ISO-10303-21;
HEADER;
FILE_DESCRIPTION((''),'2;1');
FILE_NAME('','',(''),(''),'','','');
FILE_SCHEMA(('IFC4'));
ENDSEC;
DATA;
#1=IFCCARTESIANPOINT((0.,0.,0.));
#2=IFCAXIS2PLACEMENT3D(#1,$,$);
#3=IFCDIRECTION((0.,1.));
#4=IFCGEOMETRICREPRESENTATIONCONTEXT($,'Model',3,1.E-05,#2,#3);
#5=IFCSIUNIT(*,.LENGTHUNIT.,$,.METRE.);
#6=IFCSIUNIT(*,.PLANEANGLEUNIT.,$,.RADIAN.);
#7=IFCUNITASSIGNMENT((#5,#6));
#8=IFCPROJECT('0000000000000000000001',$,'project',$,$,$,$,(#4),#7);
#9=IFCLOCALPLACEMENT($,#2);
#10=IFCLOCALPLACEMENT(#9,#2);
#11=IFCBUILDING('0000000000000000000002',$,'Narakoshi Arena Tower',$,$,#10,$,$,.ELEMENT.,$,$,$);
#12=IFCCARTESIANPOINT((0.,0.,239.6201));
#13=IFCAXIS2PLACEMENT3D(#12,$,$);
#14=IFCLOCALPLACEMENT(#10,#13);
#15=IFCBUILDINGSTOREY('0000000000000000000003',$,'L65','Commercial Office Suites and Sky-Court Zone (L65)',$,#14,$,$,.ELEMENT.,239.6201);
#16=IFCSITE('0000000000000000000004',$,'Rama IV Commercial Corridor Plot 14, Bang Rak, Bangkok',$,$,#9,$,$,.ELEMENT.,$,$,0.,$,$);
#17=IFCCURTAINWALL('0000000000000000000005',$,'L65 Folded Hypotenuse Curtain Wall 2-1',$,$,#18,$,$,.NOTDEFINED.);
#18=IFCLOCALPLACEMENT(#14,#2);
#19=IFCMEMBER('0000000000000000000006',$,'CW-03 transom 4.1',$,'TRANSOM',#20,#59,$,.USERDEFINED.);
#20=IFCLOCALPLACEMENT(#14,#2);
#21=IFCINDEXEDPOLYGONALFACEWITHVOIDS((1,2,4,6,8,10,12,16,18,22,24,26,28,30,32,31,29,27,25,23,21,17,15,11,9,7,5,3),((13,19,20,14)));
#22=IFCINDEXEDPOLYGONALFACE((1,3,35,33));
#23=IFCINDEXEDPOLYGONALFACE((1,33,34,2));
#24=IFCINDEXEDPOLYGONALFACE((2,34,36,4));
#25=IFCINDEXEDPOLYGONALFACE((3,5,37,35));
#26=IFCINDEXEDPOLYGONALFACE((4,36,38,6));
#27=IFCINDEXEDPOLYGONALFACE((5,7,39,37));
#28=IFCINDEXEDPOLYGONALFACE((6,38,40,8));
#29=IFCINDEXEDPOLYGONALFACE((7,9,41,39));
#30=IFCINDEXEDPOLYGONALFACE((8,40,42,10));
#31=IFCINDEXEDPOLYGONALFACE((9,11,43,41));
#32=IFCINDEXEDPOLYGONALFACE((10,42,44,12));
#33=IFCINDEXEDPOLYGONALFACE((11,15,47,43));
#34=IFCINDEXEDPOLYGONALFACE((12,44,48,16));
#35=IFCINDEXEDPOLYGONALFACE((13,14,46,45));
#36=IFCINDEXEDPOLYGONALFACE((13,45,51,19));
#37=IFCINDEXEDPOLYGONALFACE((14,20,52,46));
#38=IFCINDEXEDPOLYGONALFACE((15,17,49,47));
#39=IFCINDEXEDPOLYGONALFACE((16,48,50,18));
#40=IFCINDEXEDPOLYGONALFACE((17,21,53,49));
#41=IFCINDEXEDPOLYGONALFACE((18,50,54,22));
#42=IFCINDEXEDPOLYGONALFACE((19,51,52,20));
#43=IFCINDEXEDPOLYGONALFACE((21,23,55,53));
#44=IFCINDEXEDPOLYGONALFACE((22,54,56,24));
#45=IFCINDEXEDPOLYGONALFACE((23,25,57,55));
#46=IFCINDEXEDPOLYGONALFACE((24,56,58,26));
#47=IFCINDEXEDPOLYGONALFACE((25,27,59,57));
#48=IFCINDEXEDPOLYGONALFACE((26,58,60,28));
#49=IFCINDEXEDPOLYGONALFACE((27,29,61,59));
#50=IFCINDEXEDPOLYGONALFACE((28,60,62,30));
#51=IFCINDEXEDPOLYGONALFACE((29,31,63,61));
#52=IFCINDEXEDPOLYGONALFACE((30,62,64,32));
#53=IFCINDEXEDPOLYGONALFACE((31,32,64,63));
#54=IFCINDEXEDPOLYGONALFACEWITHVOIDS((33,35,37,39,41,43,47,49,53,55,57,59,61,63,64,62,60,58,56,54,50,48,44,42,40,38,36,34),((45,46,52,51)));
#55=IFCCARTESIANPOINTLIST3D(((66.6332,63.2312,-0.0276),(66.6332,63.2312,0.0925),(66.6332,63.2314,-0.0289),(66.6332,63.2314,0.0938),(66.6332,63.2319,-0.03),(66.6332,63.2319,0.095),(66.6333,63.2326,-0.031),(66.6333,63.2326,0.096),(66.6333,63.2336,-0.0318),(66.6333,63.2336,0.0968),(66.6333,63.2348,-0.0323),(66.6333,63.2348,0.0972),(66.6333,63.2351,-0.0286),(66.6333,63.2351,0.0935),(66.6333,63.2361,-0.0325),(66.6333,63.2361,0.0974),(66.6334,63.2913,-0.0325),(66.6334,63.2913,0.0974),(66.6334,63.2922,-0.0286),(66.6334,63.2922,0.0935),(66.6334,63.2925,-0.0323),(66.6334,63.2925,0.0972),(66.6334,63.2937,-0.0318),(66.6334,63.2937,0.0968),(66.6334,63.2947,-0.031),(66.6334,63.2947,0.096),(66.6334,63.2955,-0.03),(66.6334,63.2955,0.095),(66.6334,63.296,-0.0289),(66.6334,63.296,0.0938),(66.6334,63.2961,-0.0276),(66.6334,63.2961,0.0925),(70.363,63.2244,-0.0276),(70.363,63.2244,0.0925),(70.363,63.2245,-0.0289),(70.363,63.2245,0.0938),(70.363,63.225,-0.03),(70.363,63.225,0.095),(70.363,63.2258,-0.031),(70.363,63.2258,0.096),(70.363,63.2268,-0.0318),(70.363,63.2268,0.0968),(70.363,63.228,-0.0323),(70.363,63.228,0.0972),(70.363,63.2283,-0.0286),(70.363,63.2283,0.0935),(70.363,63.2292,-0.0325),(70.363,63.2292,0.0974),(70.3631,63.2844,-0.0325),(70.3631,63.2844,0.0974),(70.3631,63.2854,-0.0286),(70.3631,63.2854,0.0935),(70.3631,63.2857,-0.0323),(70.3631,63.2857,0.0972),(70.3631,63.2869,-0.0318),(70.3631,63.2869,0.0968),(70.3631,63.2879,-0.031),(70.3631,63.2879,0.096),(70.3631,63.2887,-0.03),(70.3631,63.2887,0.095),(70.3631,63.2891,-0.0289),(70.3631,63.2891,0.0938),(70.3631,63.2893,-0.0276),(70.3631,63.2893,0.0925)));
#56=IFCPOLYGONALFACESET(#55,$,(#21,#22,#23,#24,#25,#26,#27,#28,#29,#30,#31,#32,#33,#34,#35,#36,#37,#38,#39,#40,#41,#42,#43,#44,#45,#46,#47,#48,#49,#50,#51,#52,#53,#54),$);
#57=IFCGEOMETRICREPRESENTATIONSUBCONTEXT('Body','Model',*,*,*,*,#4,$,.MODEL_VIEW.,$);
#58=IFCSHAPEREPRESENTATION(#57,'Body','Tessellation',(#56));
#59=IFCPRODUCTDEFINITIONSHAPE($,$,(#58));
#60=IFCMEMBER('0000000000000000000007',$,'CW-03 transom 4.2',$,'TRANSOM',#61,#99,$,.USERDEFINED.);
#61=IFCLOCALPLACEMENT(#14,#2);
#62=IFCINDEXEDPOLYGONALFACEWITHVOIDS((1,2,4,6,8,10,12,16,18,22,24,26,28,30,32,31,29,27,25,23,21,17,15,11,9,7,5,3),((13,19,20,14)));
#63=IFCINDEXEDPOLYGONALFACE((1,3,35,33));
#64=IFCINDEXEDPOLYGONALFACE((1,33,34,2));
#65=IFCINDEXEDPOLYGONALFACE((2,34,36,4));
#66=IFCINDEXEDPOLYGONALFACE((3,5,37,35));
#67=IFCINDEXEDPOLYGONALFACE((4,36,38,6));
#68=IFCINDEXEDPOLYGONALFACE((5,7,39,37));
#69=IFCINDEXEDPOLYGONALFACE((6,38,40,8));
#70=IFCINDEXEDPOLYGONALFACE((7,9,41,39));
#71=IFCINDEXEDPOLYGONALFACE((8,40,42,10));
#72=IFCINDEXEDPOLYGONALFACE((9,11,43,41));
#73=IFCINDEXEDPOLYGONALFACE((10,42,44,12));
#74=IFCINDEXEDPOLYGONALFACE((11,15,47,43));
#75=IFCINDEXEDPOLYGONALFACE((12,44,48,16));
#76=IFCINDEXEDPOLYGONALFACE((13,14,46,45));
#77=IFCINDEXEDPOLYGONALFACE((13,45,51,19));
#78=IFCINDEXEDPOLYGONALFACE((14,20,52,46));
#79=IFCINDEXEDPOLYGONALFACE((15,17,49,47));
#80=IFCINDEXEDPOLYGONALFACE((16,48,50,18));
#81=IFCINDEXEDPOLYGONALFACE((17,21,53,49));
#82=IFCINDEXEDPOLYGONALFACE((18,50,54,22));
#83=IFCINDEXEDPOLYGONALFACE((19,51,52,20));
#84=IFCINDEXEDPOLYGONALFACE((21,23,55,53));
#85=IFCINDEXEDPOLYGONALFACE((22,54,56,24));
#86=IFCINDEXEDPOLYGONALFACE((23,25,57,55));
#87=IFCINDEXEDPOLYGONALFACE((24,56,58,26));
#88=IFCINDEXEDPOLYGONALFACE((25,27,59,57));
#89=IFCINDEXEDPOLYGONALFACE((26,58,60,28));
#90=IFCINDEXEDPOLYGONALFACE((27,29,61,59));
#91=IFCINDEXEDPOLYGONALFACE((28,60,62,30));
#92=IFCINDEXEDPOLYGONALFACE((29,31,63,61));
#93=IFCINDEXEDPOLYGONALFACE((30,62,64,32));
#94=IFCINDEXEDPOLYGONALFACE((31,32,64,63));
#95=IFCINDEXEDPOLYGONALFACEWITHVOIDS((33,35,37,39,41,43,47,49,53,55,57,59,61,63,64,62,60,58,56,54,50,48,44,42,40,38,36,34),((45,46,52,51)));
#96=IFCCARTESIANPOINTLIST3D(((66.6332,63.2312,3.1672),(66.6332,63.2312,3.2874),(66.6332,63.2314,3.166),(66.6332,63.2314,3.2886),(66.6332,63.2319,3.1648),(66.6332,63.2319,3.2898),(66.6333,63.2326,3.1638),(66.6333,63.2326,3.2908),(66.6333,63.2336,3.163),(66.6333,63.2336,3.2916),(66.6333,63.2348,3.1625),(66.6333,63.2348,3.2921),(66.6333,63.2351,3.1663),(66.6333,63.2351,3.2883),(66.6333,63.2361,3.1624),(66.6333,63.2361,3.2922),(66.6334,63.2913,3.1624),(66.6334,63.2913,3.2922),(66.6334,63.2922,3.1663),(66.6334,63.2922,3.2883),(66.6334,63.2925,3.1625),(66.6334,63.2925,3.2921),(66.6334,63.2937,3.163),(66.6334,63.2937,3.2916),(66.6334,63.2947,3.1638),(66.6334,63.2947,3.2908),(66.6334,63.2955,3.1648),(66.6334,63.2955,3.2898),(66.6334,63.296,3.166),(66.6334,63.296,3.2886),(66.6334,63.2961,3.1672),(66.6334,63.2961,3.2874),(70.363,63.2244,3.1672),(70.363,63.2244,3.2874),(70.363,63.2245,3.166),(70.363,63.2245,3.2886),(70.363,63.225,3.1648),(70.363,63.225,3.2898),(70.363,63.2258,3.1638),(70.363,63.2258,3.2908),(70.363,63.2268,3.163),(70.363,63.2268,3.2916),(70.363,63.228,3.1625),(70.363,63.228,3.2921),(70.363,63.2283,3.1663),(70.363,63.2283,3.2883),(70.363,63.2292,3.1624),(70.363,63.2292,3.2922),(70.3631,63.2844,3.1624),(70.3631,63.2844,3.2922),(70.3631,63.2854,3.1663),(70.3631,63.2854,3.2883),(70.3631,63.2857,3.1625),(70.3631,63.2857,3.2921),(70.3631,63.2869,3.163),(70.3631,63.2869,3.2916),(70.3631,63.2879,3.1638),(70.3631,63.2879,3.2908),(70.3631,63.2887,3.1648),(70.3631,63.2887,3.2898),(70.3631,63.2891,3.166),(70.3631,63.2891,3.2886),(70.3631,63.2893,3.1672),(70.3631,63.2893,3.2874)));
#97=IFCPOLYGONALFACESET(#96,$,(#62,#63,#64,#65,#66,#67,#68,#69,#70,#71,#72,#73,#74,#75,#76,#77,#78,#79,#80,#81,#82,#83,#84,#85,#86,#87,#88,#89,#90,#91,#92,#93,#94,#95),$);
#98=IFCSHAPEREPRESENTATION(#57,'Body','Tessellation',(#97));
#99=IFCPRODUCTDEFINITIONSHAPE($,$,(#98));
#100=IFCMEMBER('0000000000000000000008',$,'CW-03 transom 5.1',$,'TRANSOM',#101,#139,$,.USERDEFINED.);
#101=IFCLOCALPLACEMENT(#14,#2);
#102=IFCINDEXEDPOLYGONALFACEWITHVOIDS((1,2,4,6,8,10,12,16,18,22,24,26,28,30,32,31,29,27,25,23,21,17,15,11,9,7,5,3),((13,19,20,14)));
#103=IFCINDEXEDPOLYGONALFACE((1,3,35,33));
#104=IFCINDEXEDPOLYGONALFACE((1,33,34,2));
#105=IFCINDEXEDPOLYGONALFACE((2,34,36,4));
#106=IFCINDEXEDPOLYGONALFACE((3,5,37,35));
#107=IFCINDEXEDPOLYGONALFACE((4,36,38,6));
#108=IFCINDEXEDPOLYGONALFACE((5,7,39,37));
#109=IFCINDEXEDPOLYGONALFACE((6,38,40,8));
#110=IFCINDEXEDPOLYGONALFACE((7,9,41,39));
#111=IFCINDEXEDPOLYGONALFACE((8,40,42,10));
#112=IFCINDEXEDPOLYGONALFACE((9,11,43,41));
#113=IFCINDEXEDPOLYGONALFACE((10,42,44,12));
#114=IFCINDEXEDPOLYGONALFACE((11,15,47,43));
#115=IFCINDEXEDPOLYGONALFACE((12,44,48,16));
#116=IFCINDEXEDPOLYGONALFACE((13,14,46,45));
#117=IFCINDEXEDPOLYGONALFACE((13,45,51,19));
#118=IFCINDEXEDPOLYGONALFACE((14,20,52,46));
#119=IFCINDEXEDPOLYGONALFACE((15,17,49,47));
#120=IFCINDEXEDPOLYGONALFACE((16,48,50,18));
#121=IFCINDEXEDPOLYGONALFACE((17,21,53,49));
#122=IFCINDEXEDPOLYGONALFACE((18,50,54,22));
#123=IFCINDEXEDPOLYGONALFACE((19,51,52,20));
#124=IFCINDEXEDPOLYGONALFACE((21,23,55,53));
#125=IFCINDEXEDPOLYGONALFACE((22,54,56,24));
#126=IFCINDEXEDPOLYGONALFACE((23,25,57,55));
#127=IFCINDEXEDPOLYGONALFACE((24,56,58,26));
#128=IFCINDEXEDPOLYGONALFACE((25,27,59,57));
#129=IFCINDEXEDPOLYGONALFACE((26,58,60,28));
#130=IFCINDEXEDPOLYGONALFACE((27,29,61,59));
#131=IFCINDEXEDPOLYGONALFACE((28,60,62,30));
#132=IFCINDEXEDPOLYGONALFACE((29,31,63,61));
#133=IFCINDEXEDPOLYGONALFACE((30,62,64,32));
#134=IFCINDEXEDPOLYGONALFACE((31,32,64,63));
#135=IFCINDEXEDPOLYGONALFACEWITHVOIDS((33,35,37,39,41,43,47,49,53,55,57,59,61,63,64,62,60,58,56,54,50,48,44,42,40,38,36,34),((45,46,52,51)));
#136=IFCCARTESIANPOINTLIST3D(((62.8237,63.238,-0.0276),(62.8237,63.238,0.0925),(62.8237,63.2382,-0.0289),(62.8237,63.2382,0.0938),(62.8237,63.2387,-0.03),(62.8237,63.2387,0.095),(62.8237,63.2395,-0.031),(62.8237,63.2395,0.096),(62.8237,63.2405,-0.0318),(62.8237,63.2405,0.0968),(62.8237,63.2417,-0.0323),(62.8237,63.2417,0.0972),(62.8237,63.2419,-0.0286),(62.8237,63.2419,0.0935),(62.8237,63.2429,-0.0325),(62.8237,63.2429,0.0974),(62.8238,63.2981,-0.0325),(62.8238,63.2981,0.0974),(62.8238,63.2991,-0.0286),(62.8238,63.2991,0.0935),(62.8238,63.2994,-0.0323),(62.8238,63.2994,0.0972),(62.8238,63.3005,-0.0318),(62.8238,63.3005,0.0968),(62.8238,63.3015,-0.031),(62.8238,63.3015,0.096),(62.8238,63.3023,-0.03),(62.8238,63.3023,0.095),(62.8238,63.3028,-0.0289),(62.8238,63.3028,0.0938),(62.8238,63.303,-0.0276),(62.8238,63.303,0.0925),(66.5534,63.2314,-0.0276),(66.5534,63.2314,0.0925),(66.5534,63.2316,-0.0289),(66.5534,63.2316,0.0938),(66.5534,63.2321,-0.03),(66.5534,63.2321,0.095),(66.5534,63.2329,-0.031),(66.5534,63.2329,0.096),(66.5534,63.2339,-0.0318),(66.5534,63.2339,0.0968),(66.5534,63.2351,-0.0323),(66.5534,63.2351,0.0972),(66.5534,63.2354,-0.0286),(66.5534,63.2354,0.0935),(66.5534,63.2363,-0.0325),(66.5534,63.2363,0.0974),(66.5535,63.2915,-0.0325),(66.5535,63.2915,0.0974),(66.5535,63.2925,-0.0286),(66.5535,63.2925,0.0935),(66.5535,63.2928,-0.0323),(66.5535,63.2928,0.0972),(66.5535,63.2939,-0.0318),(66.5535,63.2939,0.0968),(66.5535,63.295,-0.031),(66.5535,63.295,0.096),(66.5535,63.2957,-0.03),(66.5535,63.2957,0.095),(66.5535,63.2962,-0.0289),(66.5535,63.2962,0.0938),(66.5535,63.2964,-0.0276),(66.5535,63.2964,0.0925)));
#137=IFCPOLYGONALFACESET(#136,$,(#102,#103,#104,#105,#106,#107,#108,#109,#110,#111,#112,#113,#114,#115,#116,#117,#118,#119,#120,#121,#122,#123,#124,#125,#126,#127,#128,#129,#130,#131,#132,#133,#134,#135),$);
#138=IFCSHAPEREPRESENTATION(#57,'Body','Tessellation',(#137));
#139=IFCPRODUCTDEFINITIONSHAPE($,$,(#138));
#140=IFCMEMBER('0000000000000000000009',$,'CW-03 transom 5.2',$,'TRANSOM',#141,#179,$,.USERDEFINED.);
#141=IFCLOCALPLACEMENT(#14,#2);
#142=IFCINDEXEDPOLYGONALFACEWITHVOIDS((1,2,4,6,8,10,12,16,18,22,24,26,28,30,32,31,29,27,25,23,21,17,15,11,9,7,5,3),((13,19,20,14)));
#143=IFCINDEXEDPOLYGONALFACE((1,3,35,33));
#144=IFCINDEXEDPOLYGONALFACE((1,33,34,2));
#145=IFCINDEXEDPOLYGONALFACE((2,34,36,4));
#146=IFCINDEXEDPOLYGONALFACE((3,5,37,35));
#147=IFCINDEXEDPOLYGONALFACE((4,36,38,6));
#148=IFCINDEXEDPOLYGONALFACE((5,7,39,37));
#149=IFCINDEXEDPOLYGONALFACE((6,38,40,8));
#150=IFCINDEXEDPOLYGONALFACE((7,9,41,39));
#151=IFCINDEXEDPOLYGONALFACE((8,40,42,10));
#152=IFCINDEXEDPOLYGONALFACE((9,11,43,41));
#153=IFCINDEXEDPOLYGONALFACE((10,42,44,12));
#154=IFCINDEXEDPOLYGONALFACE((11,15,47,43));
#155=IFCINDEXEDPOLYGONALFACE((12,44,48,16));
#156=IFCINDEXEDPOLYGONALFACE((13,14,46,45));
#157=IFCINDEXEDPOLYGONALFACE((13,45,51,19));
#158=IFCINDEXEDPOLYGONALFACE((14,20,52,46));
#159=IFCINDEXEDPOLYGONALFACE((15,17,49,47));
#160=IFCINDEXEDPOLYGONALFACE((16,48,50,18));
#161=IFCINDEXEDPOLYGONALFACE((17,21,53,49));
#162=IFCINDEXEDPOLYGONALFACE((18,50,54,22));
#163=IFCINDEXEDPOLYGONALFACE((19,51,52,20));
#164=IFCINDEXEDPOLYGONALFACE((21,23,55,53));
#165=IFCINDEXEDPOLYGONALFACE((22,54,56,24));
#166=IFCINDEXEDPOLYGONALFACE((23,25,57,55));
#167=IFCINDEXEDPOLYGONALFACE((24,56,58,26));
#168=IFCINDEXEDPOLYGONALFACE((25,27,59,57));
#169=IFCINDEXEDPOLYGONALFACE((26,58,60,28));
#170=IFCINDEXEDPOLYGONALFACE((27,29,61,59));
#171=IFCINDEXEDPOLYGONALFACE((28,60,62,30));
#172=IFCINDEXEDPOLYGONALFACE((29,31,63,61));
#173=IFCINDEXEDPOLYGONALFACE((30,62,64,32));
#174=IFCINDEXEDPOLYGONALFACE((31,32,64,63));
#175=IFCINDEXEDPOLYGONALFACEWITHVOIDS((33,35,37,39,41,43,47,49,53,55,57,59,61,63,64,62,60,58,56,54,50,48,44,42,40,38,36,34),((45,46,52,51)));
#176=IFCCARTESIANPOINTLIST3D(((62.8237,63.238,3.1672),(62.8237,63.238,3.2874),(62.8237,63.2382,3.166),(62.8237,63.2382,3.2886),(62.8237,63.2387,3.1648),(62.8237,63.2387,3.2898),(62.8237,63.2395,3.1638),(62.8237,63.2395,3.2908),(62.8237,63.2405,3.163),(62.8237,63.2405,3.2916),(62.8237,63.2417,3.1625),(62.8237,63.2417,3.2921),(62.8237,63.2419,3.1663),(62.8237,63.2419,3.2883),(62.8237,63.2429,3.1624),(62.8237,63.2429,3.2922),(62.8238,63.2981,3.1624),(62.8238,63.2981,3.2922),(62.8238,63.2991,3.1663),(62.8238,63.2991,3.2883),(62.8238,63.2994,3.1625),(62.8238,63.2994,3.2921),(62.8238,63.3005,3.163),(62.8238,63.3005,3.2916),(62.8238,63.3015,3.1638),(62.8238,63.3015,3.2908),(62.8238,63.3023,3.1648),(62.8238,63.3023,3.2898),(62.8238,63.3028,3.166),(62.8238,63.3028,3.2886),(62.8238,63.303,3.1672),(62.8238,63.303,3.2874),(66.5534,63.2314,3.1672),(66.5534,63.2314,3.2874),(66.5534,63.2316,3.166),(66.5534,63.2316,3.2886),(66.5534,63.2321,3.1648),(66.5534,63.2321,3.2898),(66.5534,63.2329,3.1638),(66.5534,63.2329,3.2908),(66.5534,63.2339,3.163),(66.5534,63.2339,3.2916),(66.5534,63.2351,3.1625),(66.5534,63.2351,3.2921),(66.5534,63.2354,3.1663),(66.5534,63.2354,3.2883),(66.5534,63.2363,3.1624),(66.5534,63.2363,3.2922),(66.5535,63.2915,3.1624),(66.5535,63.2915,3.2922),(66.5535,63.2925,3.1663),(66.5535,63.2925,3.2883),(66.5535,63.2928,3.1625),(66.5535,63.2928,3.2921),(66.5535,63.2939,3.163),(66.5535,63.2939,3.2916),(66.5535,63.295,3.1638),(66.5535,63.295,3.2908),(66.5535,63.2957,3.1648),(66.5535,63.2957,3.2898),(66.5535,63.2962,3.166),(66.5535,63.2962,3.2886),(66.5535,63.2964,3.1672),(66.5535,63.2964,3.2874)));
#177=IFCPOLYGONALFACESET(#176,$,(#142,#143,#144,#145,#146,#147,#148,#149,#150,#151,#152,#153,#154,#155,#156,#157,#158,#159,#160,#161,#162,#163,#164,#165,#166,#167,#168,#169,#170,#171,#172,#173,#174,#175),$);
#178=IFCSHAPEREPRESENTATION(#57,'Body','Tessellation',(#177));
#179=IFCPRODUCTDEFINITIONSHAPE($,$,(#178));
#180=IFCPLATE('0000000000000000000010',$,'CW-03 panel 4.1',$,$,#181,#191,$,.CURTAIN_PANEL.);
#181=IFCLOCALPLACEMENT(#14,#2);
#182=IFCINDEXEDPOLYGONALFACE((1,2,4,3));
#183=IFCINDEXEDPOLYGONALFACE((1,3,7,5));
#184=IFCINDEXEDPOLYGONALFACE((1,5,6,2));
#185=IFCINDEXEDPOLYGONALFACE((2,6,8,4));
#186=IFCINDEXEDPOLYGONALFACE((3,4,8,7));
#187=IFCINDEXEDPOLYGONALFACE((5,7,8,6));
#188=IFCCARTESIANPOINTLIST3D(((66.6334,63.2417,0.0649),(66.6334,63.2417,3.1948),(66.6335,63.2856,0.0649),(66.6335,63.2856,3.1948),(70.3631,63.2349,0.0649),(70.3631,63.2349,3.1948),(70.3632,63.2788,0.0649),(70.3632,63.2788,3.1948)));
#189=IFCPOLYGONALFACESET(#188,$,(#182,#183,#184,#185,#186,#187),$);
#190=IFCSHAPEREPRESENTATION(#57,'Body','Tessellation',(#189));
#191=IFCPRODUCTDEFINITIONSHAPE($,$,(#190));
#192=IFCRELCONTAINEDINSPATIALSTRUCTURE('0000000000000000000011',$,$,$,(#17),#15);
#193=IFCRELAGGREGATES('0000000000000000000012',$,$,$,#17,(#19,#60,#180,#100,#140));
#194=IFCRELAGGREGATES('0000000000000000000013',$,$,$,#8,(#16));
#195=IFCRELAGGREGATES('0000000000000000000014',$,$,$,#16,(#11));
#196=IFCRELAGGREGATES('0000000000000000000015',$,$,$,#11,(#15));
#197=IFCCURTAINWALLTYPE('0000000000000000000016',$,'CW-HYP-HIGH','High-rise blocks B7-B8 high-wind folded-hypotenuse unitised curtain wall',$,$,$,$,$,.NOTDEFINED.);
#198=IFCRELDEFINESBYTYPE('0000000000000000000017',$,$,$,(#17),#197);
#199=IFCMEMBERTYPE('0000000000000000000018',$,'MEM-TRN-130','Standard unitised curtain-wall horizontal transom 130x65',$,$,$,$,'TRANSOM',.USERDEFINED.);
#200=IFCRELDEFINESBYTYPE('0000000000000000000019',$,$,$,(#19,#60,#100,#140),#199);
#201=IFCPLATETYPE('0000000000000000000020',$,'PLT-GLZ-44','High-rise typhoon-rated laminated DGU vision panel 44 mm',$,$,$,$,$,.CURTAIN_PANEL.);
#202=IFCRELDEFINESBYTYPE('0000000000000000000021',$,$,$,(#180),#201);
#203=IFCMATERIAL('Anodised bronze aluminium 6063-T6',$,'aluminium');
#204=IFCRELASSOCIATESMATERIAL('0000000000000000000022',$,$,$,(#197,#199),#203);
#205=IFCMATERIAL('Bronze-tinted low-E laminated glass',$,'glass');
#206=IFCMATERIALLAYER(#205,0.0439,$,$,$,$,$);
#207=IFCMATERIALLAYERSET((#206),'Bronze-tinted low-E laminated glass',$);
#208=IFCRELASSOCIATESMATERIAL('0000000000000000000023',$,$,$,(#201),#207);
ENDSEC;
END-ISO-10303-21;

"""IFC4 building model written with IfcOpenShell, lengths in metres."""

from ifc_helpers import new_model, si_unit, direction, frame, origin, origin_2d, place, context, subcontext, project, spatial, rectangle, hollow_rectangle, extrude, material, layer, layer_set, material_profile, profile_set, type_object, element, aggregate, save


model = new_model("IFC4")

# Units and contexts
model_context = context("Model", 3, precision=1e-05, world=origin(), true_north=direction((0.0, 1.0)))
body_context = subcontext(model_context, "Body", "Model", "MODEL_VIEW")
ifc_project = project(units=[si_unit("LENGTHUNIT", "METRE"), si_unit("PLANEANGLEUNIT", "RADIAN")], contexts=[model_context])

# Site, building, storey
site_placement = place(None, origin())
site = spatial("IfcSite", under=ifc_project, at=site_placement, Name="Rama IV Commercial Corridor Plot 14, Bang Rak, Bangkok", CompositionType="ELEMENT", RefElevation=0.0)
building_placement = place(site_placement, origin())
building = spatial("IfcBuilding", under=site, at=building_placement, Name="Narakoshi Arena Tower", CompositionType="ELEMENT")
storey_placement = place(building_placement, frame((0.0, 0.0, 239.6201)))
storey = spatial("IfcBuildingStorey", under=building, at=storey_placement, Name="L65", Description="Commercial Office Suites and Sky-Court Zone (L65)", CompositionType="ELEMENT", Elevation=239.6201)

# Curtain wall, members, plate
ifc_material_1 = material(Name="Anodised bronze aluminium 6063-T6", Category="aluminium")
curtain_wall_type = type_object("IfcCurtainWallType", Name="CW-HYP-HIGH", Description="High-rise blocks B7-B8 high-wind folded-hypotenuse unitised curtain wall", PredefinedType="NOTDEFINED", material=ifc_material_1)
curtain_wall_placement = place(storey_placement, origin())
curtain_wall = element("IfcCurtainWall", 1, at=curtain_wall_placement, inside=storey, type_object=curtain_wall_type, Name="L65 Folded Hypotenuse Curtain Wall 2-1", PredefinedType="NOTDEFINED")
ifc_material_profile_1 = material_profile(ifc_material_1, hollow_rectangle(XDim=0.0649, YDim=0.1299, WallThickness=0.0039, OuterFilletRadius=0.0049, at=origin_2d()), Name="TRN130x65x4")
ifc_profile_set_1 = profile_set([ifc_material_profile_1], Name="Anodised bronze aluminium 6063-T6")
member_type_1 = type_object("IfcMemberType", Name="MEM-TRN-130", Description="Standard unitised curtain-wall horizontal transom 130x65", ElementType="TRANSOM", PredefinedType="USERDEFINED", material=ifc_profile_set_1)
member_1_placement = place(storey_placement, frame((70.363, 63.2568, 0.0325), z_axis=(-0.999998, 0.001833, 0.0), x_axis=(-0.001833, -0.999998, 0.0)))
member_1 = element("IfcMember", 2, at=member_1_placement, type_object=member_type_1, Name="CW-03 transom 4.1", ObjectType="TRANSOM", PredefinedType="USERDEFINED", context=body_context, shape_type="SweptSolid", body=[
    extrude(hollow_rectangle(XDim=0.0649, YDim=0.1299, WallThickness=0.0039, OuterFilletRadius=0.0049, at=origin_2d()), origin(), (0.0, 0.0, 1.0), 3.7297),
])
member_2_placement = place(storey_placement, frame((70.363, 63.2568, 3.2273), z_axis=(-0.999998, 0.001833, 0.0), x_axis=(-0.001833, -0.999998, 0.0)))
member_2 = element("IfcMember", 3, at=member_2_placement, type_object=member_type_1, Name="CW-03 transom 4.2", ObjectType="TRANSOM", PredefinedType="USERDEFINED", context=body_context, shape_type="SweptSolid", body=[
    extrude(hollow_rectangle(XDim=0.0649, YDim=0.1299, WallThickness=0.0039, OuterFilletRadius=0.0049, at=origin_2d()), origin(), (0.0, 0.0, 1.0), 3.7297),
])
member_3_placement = place(storey_placement, frame((66.5535, 63.2639, 0.0325), z_axis=(-0.999998, 0.001767, 0.0), x_axis=(-0.001767, -0.999998, 0.0)))
member_3 = element("IfcMember", 4, at=member_3_placement, type_object=member_type_1, Name="CW-03 transom 5.1", ObjectType="TRANSOM", PredefinedType="USERDEFINED", context=body_context, shape_type="SweptSolid", body=[
    extrude(hollow_rectangle(XDim=0.0649, YDim=0.1299, WallThickness=0.0039, OuterFilletRadius=0.0049, at=origin_2d()), origin(), (0.0, 0.0, 1.0), 3.7297),
])
member_4_placement = place(storey_placement, frame((66.5535, 63.2639, 3.2273), z_axis=(-0.999998, 0.001767, 0.0), x_axis=(-0.001767, -0.999998, 0.0)))
member_4 = element("IfcMember", 5, at=member_4_placement, type_object=member_type_1, Name="CW-03 transom 5.2", ObjectType="TRANSOM", PredefinedType="USERDEFINED", context=body_context, shape_type="SweptSolid", body=[
    extrude(hollow_rectangle(XDim=0.0649, YDim=0.1299, WallThickness=0.0039, OuterFilletRadius=0.0049, at=origin_2d()), origin(), (0.0, 0.0, 1.0), 3.7297),
])
ifc_material_2 = material(Name="Bronze-tinted low-E laminated glass", Category="glass")
ifc_layer_1 = layer(ifc_material_2, 0.0439)
ifc_layer_set_1 = layer_set([ifc_layer_1], Name="Bronze-tinted low-E laminated glass")
plate_type = type_object("IfcPlateType", Name="PLT-GLZ-44", Description="High-rise typhoon-rated laminated DGU vision panel 44 mm", PredefinedType="CURTAIN_PANEL", material=ifc_layer_set_1)
plate_1_placement = place(storey_placement, frame((68.4983, 63.2603, 0.0649), z_axis=(0.0, 0.0, 1.0), x_axis=(-0.999998, 0.00182, 0.0)))
plate_1 = element("IfcPlate", 6, at=plate_1_placement, type_object=plate_type, Name="CW-03 panel 4.1", PredefinedType="CURTAIN_PANEL", context=body_context, shape_type="SweptSolid", body=[
    extrude(rectangle(XDim=3.7297, YDim=0.0439, at=origin_2d()), origin(), (0.0, 0.0, 1.0), 3.1299),
])
aggregate(curtain_wall, [member_1, member_2, plate_1, member_3, member_4])

save(model, "model.ifc")
